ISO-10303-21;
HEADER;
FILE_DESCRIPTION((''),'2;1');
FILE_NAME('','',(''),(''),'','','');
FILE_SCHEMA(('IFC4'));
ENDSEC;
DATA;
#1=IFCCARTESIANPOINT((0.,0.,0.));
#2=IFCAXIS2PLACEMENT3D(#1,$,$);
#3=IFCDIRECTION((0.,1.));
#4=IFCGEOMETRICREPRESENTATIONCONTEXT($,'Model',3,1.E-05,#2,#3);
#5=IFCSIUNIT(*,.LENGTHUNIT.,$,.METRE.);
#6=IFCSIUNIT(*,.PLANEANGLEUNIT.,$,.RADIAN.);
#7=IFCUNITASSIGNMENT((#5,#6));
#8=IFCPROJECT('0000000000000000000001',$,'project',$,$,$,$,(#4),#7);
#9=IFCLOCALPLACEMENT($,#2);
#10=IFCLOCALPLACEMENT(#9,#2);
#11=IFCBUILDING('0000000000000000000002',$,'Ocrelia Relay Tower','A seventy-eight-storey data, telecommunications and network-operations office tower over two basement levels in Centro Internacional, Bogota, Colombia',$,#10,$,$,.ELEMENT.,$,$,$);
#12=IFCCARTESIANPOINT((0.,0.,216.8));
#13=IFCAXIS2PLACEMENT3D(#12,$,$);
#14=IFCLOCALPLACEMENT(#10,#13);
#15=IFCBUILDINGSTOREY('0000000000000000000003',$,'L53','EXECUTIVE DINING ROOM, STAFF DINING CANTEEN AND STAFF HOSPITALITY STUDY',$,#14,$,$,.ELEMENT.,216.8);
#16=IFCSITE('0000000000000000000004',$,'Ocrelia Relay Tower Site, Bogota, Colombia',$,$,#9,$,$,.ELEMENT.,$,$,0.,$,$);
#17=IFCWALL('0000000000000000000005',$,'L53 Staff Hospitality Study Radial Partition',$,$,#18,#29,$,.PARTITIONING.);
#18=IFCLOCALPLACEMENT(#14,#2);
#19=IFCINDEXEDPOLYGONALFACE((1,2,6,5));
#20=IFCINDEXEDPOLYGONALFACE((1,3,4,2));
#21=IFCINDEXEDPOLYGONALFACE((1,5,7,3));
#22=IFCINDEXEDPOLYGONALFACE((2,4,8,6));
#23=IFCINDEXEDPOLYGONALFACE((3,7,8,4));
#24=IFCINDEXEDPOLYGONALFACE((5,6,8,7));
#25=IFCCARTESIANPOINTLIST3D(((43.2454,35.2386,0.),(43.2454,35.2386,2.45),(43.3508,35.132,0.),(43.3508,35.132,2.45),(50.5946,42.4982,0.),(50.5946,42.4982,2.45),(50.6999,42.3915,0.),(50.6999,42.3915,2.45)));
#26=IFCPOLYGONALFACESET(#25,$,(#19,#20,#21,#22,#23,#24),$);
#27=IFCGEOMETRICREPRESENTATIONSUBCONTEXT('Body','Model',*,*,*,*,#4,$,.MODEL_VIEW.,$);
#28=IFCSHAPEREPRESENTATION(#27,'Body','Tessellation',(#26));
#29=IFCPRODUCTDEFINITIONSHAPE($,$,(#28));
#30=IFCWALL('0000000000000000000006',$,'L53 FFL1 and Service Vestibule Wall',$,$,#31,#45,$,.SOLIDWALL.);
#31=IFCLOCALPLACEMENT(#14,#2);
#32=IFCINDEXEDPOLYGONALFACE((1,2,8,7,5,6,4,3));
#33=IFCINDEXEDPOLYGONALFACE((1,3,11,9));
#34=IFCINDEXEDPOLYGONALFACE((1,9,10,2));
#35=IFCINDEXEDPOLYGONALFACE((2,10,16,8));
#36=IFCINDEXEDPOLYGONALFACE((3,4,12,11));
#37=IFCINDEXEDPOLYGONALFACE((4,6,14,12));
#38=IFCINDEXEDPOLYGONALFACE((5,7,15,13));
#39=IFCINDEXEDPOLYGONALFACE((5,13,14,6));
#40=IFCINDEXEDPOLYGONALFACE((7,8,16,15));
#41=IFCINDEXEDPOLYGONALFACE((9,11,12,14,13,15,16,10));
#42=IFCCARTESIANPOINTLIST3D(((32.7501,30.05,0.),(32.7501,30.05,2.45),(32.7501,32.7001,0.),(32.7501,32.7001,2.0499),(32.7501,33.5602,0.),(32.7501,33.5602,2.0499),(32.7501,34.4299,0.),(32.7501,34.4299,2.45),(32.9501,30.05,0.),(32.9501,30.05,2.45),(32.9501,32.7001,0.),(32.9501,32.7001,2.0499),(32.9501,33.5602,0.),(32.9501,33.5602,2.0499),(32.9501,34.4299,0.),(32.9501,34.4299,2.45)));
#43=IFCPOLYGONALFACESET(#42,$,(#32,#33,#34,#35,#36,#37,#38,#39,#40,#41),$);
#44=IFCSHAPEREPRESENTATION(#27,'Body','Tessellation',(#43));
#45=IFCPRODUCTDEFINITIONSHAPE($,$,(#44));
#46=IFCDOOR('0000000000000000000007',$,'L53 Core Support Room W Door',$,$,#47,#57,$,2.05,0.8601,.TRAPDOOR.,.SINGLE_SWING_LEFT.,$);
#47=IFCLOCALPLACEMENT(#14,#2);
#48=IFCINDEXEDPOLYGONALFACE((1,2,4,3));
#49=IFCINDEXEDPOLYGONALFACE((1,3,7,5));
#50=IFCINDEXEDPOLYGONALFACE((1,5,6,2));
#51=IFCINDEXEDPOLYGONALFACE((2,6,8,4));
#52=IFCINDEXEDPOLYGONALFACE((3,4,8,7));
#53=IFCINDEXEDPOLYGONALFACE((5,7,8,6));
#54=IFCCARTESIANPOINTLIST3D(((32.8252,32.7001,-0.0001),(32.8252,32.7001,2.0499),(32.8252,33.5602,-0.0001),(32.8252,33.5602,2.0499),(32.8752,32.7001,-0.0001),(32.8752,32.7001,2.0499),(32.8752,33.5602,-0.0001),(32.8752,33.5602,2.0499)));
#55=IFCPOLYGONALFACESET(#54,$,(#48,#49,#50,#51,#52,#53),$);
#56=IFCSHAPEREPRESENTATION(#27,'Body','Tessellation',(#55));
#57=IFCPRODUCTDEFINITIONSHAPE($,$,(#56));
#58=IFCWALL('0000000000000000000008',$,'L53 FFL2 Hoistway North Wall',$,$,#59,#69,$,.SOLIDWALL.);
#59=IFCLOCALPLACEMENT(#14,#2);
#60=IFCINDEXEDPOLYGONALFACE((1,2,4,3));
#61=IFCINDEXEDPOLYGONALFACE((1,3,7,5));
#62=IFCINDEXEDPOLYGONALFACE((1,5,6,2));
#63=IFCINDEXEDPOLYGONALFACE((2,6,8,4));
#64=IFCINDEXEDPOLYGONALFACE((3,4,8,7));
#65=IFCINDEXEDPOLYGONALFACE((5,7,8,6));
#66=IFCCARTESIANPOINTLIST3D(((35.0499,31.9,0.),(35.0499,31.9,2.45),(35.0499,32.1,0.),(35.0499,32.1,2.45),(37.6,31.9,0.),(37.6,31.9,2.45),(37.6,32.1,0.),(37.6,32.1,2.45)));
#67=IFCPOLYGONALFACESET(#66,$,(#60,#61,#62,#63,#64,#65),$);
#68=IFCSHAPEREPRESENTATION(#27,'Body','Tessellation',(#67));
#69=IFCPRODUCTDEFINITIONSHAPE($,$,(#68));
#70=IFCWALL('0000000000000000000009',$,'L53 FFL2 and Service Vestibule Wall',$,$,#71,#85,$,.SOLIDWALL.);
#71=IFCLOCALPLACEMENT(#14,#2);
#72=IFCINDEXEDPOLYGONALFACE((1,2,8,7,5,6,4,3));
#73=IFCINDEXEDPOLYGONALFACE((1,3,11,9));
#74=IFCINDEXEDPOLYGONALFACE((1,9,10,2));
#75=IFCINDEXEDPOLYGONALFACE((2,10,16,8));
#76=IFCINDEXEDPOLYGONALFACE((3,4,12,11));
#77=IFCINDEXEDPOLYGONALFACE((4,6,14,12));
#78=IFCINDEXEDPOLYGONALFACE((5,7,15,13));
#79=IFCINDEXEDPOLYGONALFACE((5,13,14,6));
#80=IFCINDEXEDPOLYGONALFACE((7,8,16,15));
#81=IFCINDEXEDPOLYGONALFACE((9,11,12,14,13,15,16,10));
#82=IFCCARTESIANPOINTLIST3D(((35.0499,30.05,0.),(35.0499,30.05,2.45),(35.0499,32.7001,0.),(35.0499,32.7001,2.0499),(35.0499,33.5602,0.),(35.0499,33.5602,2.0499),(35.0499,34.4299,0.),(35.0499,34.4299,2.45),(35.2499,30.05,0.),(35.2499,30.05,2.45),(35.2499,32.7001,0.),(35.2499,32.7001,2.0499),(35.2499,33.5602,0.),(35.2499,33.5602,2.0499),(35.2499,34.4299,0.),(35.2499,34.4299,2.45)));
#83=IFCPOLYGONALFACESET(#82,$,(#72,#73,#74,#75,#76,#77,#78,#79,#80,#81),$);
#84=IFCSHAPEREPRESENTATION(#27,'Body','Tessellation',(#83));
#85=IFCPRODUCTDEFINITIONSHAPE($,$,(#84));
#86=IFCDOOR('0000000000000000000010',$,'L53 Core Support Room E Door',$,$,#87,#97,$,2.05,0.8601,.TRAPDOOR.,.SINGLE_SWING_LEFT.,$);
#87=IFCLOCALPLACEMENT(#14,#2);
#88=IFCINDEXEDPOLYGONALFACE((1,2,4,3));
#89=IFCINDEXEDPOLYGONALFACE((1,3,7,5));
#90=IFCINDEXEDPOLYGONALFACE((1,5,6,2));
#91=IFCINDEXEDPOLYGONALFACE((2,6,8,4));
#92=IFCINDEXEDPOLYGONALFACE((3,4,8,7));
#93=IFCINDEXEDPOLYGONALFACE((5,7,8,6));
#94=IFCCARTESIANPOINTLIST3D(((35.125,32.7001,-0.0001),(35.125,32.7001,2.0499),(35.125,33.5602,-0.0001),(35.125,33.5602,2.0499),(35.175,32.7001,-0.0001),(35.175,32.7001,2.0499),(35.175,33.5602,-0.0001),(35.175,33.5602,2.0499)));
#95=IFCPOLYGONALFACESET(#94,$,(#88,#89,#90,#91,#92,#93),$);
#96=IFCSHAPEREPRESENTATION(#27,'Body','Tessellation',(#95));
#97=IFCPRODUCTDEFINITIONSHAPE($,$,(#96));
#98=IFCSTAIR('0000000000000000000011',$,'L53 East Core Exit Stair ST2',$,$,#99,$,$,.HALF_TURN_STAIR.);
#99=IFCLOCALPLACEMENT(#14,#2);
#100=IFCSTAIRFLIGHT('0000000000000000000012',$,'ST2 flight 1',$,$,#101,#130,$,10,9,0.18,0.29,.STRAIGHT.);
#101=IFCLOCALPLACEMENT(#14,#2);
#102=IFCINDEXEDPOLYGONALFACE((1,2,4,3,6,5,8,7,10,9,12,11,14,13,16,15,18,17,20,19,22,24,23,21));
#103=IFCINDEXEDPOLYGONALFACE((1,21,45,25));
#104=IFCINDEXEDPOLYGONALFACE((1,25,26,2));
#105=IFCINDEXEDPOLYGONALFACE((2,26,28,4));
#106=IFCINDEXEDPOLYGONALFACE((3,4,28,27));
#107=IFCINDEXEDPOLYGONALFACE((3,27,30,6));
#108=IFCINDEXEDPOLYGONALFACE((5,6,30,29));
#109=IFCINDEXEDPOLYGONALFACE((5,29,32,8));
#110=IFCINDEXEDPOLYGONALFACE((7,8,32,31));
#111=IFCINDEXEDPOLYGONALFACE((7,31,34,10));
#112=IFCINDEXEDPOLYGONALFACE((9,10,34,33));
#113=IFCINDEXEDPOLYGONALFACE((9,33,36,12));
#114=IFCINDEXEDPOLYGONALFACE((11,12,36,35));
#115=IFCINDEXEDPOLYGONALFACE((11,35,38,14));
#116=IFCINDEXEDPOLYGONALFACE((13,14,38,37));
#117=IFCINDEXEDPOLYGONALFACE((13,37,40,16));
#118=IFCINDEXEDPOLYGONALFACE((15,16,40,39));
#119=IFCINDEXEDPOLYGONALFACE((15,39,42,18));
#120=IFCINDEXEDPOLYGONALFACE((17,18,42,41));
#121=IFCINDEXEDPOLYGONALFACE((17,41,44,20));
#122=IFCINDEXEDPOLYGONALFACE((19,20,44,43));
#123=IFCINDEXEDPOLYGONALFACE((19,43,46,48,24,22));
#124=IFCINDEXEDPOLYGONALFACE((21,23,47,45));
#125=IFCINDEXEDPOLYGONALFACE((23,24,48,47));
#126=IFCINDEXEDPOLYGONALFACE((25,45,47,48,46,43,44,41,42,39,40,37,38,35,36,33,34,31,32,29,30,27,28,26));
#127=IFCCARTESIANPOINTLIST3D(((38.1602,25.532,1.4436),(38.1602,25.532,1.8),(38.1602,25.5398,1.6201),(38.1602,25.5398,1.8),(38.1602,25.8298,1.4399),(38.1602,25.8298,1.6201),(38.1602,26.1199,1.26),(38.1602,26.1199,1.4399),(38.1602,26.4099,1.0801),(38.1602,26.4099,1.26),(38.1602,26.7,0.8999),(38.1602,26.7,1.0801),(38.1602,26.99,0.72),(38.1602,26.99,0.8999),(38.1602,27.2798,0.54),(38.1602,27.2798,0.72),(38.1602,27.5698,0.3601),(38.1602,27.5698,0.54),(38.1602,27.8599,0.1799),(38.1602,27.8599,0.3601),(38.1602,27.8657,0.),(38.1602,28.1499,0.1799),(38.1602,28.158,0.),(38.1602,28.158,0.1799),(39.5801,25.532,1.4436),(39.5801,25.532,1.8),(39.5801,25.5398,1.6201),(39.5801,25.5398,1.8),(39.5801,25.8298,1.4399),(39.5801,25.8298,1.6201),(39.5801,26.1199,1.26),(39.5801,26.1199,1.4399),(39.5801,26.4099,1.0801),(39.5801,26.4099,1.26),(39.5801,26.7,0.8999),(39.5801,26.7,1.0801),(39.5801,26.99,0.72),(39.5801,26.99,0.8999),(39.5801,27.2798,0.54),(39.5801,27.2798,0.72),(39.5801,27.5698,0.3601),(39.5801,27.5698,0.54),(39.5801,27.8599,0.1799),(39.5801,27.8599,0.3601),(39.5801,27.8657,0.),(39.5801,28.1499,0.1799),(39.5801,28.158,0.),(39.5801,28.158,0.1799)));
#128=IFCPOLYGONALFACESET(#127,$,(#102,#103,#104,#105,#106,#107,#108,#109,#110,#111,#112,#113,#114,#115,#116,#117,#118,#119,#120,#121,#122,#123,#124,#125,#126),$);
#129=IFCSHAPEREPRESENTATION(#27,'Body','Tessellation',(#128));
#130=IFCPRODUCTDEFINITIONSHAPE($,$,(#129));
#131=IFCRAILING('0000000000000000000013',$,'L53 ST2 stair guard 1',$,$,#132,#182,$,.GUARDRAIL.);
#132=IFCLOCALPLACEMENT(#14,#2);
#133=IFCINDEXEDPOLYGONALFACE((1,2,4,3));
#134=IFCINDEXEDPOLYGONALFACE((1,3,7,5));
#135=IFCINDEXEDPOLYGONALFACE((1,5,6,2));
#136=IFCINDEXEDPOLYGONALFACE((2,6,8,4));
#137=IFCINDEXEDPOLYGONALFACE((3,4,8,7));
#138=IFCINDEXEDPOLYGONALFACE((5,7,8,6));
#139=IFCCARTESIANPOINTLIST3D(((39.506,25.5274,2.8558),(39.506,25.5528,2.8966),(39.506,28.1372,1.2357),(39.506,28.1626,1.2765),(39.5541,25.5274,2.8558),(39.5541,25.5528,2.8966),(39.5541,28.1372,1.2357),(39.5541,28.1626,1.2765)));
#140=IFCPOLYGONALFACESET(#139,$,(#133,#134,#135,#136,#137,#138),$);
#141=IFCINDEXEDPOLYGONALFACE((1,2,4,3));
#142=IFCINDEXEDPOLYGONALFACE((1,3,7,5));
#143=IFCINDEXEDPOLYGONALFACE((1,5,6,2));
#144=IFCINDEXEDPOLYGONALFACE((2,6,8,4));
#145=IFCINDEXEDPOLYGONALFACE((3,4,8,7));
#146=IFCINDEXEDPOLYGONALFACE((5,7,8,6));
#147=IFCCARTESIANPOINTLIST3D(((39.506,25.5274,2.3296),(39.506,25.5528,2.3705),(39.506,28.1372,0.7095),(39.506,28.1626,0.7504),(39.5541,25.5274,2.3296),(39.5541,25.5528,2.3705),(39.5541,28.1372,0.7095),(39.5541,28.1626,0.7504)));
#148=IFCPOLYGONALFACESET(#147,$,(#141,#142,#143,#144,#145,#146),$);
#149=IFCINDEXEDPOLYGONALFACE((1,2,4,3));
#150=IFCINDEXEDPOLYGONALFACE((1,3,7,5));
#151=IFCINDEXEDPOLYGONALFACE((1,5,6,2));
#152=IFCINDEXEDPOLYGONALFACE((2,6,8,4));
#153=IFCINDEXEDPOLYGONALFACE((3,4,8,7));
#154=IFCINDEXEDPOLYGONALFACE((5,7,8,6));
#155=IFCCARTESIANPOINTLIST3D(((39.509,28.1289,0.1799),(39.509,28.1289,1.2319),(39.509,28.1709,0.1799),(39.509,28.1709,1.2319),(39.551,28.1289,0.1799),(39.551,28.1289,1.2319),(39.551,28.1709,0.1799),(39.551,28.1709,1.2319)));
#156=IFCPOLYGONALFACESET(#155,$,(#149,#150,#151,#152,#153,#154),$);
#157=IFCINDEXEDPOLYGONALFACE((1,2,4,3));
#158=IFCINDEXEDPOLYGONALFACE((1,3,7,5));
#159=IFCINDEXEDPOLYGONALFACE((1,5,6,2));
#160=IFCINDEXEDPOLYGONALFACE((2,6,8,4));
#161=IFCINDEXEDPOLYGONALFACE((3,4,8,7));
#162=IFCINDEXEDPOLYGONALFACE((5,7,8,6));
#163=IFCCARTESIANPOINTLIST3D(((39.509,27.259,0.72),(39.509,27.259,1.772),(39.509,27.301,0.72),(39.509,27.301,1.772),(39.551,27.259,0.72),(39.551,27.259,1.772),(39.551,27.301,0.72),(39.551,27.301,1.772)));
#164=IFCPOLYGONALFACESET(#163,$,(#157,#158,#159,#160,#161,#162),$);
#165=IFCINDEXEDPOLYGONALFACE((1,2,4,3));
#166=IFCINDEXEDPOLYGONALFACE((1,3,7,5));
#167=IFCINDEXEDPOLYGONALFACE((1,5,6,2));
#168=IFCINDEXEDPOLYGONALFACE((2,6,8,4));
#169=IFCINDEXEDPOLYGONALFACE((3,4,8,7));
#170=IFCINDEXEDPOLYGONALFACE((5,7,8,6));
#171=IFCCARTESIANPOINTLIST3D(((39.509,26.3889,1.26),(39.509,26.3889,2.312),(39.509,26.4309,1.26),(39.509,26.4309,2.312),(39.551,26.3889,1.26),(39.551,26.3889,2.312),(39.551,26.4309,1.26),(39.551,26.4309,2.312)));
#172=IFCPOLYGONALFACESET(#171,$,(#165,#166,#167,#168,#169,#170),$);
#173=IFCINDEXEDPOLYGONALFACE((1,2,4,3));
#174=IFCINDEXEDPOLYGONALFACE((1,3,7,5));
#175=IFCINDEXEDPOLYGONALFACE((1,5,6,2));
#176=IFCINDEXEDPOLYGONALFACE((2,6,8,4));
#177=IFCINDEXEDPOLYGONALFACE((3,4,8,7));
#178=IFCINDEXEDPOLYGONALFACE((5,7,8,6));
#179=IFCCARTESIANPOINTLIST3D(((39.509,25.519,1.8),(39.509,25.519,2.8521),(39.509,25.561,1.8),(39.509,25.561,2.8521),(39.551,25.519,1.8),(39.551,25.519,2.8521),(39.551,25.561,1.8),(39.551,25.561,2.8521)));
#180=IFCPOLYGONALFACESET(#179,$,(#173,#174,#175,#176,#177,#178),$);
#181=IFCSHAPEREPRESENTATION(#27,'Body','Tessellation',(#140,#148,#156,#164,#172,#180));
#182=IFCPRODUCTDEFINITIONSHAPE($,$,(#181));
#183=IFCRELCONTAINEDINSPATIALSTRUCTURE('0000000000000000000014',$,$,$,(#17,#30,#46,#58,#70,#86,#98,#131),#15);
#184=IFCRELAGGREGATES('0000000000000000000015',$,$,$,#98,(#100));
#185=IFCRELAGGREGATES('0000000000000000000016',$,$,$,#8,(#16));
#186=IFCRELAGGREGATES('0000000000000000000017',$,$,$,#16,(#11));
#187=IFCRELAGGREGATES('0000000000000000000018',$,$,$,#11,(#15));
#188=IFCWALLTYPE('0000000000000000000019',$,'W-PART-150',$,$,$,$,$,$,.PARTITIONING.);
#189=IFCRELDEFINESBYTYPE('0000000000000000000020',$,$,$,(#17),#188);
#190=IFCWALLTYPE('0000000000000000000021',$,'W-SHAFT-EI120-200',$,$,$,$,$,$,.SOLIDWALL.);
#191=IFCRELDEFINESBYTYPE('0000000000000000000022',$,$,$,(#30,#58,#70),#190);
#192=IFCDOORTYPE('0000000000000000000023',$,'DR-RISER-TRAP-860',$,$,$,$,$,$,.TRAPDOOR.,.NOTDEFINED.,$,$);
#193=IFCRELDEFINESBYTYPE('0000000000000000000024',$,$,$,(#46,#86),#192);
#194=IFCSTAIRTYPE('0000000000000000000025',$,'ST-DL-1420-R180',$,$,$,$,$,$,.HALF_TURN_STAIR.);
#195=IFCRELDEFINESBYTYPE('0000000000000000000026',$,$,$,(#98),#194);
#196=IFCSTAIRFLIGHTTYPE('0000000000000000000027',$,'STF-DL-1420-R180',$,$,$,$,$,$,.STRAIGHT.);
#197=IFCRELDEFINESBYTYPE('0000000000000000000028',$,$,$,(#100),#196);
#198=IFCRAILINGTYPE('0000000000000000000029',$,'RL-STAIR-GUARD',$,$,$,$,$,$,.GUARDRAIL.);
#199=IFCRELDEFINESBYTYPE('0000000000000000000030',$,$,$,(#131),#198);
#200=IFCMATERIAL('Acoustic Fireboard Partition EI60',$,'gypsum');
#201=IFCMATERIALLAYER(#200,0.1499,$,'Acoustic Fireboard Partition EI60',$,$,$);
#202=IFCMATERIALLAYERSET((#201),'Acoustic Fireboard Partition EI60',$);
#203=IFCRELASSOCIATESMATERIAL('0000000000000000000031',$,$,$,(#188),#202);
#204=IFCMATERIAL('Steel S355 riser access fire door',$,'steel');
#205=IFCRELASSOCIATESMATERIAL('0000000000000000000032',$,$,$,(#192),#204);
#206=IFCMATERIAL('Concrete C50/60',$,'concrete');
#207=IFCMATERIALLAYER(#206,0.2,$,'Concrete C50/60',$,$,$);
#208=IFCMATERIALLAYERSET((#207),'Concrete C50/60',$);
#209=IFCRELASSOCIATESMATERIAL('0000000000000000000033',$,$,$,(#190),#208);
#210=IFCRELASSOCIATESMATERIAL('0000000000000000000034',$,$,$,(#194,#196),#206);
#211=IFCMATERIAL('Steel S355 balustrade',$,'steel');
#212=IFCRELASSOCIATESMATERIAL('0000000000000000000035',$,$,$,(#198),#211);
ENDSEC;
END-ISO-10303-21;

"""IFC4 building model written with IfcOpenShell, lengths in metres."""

from ifc_helpers import new_model, si_unit, direction, frame, frame_2d, origin, origin_2d, place, context, subcontext, project, spatial, polyline, rectangle, outline, extrude, material, layer, layer_set, type_object, element, fill, aggregate, save


model = new_model("IFC4")

# Units and contexts
model_context = context("Model", 3, precision=1e-05, world=origin(), true_north=direction((0.0, 1.0)))
body_context = subcontext(model_context, "Body", "Model", "MODEL_VIEW")
ifc_project = project(units=[si_unit("LENGTHUNIT", "METRE"), si_unit("PLANEANGLEUNIT", "RADIAN")], contexts=[model_context])

# Site, building, storey
site_placement = place(None, origin())
site = spatial("IfcSite", under=ifc_project, at=site_placement, Name="Ocrelia Relay Tower Site, Bogota, Colombia", CompositionType="ELEMENT", RefElevation=0.0)
building_placement = place(site_placement, origin())
building = spatial("IfcBuilding", under=site, at=building_placement, Name="Ocrelia Relay Tower", Description="A seventy-eight-storey data, telecommunications and network-operations office tower over two basement levels in Centro Internacional, Bogota, Colombia", CompositionType="ELEMENT")
storey_placement = place(building_placement, frame((0.0, 0.0, 216.8)))
storey = spatial("IfcBuildingStorey", under=building, at=storey_placement, Name="L53", Description="EXECUTIVE DINING ROOM, STAFF DINING CANTEEN AND STAFF HOSPITALITY STUDY", CompositionType="ELEMENT", Elevation=216.8)

# Shared definitions
ifc_material_1 = material(Name="Concrete C50/60", Category="concrete")

# Shared definitions
ifc_material_2 = material(Name="Acoustic Fireboard Partition EI60", Category="gypsum")
ifc_layer_1 = layer(ifc_material_2, 0.1499, Name="Acoustic Fireboard Partition EI60")
ifc_layer_set_1 = layer_set([ifc_layer_1], Name="Acoustic Fireboard Partition EI60")
wall_type_1 = type_object("IfcWallType", Name="W-PART-150", PredefinedType="PARTITIONING", material=ifc_layer_set_1)
ifc_material_3 = material(Name="Steel S355 riser access fire door", Category="steel")
door_type_1 = type_object("IfcDoorType", Name="DR-RISER-TRAP-860", OperationType="NOTDEFINED", PredefinedType="TRAPDOOR", material=ifc_material_3)

# Wall
wall_1_placement = place(storey_placement, frame((43.2981, 35.1853, 0.0), z_axis=(0.0, 0.0, 1.0), x_axis=(0.71143, 0.702757, 0.0)))
element("IfcWall", 1, at=wall_1_placement, inside=storey, type_object=wall_type_1, Name="L53 Staff Hospitality Study Radial Partition", PredefinedType="PARTITIONING", context=body_context, shape_type="SweptSolid", body=[
    extrude(rectangle(XDim=10.3301, YDim=0.1499, at=frame_2d((5.165, 0.0))), origin(), (0.0, 0.0, 1.0), 2.45),
])

# Wall, opening, door
ifc_layer_2 = layer(ifc_material_1, 0.2, Name="Concrete C50/60")
ifc_layer_set_2 = layer_set([ifc_layer_2], Name="Concrete C50/60")
wall_type_2 = type_object("IfcWallType", Name="W-SHAFT-EI120-200", PredefinedType="SOLIDWALL", material=ifc_layer_set_2)
wall_2_placement = place(storey_placement, frame((32.8501, 30.05, 0.0), z_axis=(0.0, 0.0, 1.0), x_axis=(0.0, 1.0, 0.0)))
wall_2 = element("IfcWall", 2, at=wall_2_placement, inside=storey, type_object=wall_type_2, Name="L53 FFL1 and Service Vestibule Wall", PredefinedType="SOLIDWALL", context=body_context, shape_type="SweptSolid", body=[
    extrude(rectangle(XDim=4.3799, YDim=0.2, at=frame_2d((2.1899, 0.0))), origin(), (0.0, 0.0, 1.0), 2.45),
])
opening_1_placement = place(wall_2_placement, frame((2.6499, 0.0, 0.0)))
opening_1 = element("IfcOpeningElement", 3, at=opening_1_placement, cuts=wall_2, PredefinedType="OPENING", context=body_context, shape_type="SweptSolid", body=[
    extrude(rectangle(XDim=0.8601, YDim=2.05, at=frame_2d((0.4302, 1.0249))), frame((0.0, 0.1099, 0.0), z_axis=(0.0, -1.0, 0.0), x_axis=(1.0, 0.0, 0.0)), (0.0, 0.0, 1.0), 0.22),
])
door_1_placement = place(opening_1_placement, origin())
door_1 = element("IfcDoor", 4, at=door_1_placement, inside=storey, type_object=door_type_1, Name="L53 Core Support Room W Door", OperationType="SINGLE_SWING_LEFT", OverallHeight=2.05, OverallWidth=0.8601, PredefinedType="TRAPDOOR", context=body_context, shape_type="SweptSolid", body=[
    extrude(rectangle(XDim=0.8601, YDim=2.05, at=frame_2d((0.4302, 1.0249))), frame((0.0, 0.0249, 0.0), z_axis=(0.0, -1.0, 0.0), x_axis=(1.0, 0.0, 0.0)), (0.0, 0.0, 1.0), 0.05),
])
fill(opening_1, door_1)

# Wall
wall_3_placement = place(storey_placement, frame((35.05, 32.0, 0.0), z_axis=(0.0, 0.0, 1.0), x_axis=(1.0, 0.0, 0.0)))
element("IfcWall", 5, at=wall_3_placement, inside=storey, type_object=wall_type_2, Name="L53 FFL2 Hoistway North Wall", PredefinedType="SOLIDWALL", context=body_context, shape_type="SweptSolid", body=[
    extrude(rectangle(XDim=2.55, YDim=0.2, at=frame_2d((1.2749, 0.0))), origin(), (0.0, 0.0, 1.0), 2.45),
])

# Wall, opening, door
wall_4_placement = place(storey_placement, frame((35.1499, 30.05, 0.0), z_axis=(0.0, 0.0, 1.0), x_axis=(0.0, 1.0, 0.0)))
wall_4 = element("IfcWall", 6, at=wall_4_placement, inside=storey, type_object=wall_type_2, Name="L53 FFL2 and Service Vestibule Wall", PredefinedType="SOLIDWALL", context=body_context, shape_type="SweptSolid", body=[
    extrude(rectangle(XDim=4.3799, YDim=0.2, at=frame_2d((2.1899, 0.0))), origin(), (0.0, 0.0, 1.0), 2.45),
])
opening_2_placement = place(wall_4_placement, frame((2.6499, 0.0, 0.0)))
opening_2 = element("IfcOpeningElement", 7, at=opening_2_placement, cuts=wall_4, PredefinedType="OPENING", context=body_context, shape_type="SweptSolid", body=[
    extrude(rectangle(XDim=0.8601, YDim=2.05, at=frame_2d((0.4302, 1.0249))), frame((0.0, 0.1099, 0.0), z_axis=(0.0, -1.0, 0.0), x_axis=(1.0, 0.0, 0.0)), (0.0, 0.0, 1.0), 0.22),
])
door_2_placement = place(opening_2_placement, origin())
door_2 = element("IfcDoor", 8, at=door_2_placement, inside=storey, type_object=door_type_1, Name="L53 Core Support Room E Door", OperationType="SINGLE_SWING_LEFT", OverallHeight=2.05, OverallWidth=0.8601, PredefinedType="TRAPDOOR", context=body_context, shape_type="SweptSolid", body=[
    extrude(rectangle(XDim=0.8601, YDim=2.05, at=frame_2d((0.4302, 1.0249))), frame((0.0, 0.0249, 0.0), z_axis=(0.0, -1.0, 0.0), x_axis=(1.0, 0.0, 0.0)), (0.0, 0.0, 1.0), 0.05),
])
fill(opening_2, door_2)

# Stair, stair flight
stair_type = type_object("IfcStairType", Name="ST-DL-1420-R180", PredefinedType="HALF_TURN_STAIR", material=ifc_material_1)
stair_placement = place(storey_placement, origin())
stair = element("IfcStair", 9, at=stair_placement, inside=storey, type_object=stair_type, Name="L53 East Core Exit Stair ST2", PredefinedType="HALF_TURN_STAIR")
stair_flight_type = type_object("IfcStairFlightType", Name="STF-DL-1420-R180", PredefinedType="STRAIGHT", material=ifc_material_1)
stair_flight_placement = place(storey_placement, frame((38.8701, 28.1499, 0.0), z_axis=(0.0, 0.0, 1.0), x_axis=(0.0, -1.0, 0.0)))
stair_flight = element("IfcStairFlight", 10, at=stair_flight_placement, type_object=stair_flight_type, Name="ST2 flight 1", NumberOfRisers=10, NumberOfTreads=9, PredefinedType="STRAIGHT", RiserHeight=0.18, TreadLength=0.29, context=body_context, shape_type="SweptSolid", body=[
    extrude(outline(polyline([(-0.0081, 0.0), (-0.0081, 0.1799), (0.0, 0.1799), (0.29, 0.1799), (0.29, 0.3601), (0.5801, 0.3601), (0.5801, 0.54), (0.8701, 0.54), (0.8701, 0.72), (1.1599, 0.72), (1.1599, 0.8999), (1.45, 0.8999), (1.45, 1.0801), (1.74, 1.0801), (1.74, 1.26), (2.03, 1.26), (2.03, 1.4399), (2.3201, 1.4399), (2.3201, 1.6201), (2.6101, 1.6201), (2.6101, 1.8), (2.6179, 1.8), (2.6179, 1.4436), (0.2842, 0.0), (-0.0081, 0.0)])), frame((0.0, 0.71, 0.0), z_axis=(0.0, -1.0, 0.0), x_axis=(1.0, 0.0, 0.0)), (0.0, 0.0, 1.0), 1.4199),
])
aggregate(stair, [stair_flight])

# Railing
ifc_material_4 = material(Name="Steel S355 balustrade", Category="steel")
railing_type_1 = type_object("IfcRailingType", Name="RL-STAIR-GUARD", PredefinedType="GUARDRAIL", material=ifc_material_4)
railing_1_placement = place(storey_placement, frame((39.53, 28.1499, 0.1799)))
element("IfcRailing", 11, at=railing_1_placement, inside=storey, type_object=railing_type_1, Name="L53 ST2 stair guard 1", PredefinedType="GUARDRAIL", context=body_context, shape_type="SweptSolid", body=[
    extrude(rectangle(XDim=0.0481, YDim=0.0481, at=origin_2d()), frame((0.0, 0.0, 1.0762), z_axis=(0.0, -0.849611, 0.52741), x_axis=(1.0, 0.0, 0.0)), (0.0, 0.0, 1.0), 3.0718),
    extrude(rectangle(XDim=0.0481, YDim=0.0481, at=origin_2d()), frame((0.0, 0.0, 0.55), z_axis=(0.0, -0.849611, 0.52741), x_axis=(1.0, 0.0, 0.0)), (0.0, 0.0, 1.0), 3.0718),
    extrude(rectangle(XDim=0.042, YDim=0.042, at=origin_2d()), origin(), (0.0, 0.0, 1.0), 1.052),
    extrude(rectangle(XDim=0.042, YDim=0.042, at=origin_2d()), frame((0.0, -0.8699, 0.54)), (0.0, 0.0, 1.0), 1.052),
    extrude(rectangle(XDim=0.042, YDim=0.042, at=origin_2d()), frame((0.0, -1.74, 1.0801)), (0.0, 0.0, 1.0), 1.052),
    extrude(rectangle(XDim=0.042, YDim=0.042, at=origin_2d()), frame((0.0, -2.6099, 1.6201)), (0.0, 0.0, 1.0), 1.052),
])

save(model, "model.ifc")
